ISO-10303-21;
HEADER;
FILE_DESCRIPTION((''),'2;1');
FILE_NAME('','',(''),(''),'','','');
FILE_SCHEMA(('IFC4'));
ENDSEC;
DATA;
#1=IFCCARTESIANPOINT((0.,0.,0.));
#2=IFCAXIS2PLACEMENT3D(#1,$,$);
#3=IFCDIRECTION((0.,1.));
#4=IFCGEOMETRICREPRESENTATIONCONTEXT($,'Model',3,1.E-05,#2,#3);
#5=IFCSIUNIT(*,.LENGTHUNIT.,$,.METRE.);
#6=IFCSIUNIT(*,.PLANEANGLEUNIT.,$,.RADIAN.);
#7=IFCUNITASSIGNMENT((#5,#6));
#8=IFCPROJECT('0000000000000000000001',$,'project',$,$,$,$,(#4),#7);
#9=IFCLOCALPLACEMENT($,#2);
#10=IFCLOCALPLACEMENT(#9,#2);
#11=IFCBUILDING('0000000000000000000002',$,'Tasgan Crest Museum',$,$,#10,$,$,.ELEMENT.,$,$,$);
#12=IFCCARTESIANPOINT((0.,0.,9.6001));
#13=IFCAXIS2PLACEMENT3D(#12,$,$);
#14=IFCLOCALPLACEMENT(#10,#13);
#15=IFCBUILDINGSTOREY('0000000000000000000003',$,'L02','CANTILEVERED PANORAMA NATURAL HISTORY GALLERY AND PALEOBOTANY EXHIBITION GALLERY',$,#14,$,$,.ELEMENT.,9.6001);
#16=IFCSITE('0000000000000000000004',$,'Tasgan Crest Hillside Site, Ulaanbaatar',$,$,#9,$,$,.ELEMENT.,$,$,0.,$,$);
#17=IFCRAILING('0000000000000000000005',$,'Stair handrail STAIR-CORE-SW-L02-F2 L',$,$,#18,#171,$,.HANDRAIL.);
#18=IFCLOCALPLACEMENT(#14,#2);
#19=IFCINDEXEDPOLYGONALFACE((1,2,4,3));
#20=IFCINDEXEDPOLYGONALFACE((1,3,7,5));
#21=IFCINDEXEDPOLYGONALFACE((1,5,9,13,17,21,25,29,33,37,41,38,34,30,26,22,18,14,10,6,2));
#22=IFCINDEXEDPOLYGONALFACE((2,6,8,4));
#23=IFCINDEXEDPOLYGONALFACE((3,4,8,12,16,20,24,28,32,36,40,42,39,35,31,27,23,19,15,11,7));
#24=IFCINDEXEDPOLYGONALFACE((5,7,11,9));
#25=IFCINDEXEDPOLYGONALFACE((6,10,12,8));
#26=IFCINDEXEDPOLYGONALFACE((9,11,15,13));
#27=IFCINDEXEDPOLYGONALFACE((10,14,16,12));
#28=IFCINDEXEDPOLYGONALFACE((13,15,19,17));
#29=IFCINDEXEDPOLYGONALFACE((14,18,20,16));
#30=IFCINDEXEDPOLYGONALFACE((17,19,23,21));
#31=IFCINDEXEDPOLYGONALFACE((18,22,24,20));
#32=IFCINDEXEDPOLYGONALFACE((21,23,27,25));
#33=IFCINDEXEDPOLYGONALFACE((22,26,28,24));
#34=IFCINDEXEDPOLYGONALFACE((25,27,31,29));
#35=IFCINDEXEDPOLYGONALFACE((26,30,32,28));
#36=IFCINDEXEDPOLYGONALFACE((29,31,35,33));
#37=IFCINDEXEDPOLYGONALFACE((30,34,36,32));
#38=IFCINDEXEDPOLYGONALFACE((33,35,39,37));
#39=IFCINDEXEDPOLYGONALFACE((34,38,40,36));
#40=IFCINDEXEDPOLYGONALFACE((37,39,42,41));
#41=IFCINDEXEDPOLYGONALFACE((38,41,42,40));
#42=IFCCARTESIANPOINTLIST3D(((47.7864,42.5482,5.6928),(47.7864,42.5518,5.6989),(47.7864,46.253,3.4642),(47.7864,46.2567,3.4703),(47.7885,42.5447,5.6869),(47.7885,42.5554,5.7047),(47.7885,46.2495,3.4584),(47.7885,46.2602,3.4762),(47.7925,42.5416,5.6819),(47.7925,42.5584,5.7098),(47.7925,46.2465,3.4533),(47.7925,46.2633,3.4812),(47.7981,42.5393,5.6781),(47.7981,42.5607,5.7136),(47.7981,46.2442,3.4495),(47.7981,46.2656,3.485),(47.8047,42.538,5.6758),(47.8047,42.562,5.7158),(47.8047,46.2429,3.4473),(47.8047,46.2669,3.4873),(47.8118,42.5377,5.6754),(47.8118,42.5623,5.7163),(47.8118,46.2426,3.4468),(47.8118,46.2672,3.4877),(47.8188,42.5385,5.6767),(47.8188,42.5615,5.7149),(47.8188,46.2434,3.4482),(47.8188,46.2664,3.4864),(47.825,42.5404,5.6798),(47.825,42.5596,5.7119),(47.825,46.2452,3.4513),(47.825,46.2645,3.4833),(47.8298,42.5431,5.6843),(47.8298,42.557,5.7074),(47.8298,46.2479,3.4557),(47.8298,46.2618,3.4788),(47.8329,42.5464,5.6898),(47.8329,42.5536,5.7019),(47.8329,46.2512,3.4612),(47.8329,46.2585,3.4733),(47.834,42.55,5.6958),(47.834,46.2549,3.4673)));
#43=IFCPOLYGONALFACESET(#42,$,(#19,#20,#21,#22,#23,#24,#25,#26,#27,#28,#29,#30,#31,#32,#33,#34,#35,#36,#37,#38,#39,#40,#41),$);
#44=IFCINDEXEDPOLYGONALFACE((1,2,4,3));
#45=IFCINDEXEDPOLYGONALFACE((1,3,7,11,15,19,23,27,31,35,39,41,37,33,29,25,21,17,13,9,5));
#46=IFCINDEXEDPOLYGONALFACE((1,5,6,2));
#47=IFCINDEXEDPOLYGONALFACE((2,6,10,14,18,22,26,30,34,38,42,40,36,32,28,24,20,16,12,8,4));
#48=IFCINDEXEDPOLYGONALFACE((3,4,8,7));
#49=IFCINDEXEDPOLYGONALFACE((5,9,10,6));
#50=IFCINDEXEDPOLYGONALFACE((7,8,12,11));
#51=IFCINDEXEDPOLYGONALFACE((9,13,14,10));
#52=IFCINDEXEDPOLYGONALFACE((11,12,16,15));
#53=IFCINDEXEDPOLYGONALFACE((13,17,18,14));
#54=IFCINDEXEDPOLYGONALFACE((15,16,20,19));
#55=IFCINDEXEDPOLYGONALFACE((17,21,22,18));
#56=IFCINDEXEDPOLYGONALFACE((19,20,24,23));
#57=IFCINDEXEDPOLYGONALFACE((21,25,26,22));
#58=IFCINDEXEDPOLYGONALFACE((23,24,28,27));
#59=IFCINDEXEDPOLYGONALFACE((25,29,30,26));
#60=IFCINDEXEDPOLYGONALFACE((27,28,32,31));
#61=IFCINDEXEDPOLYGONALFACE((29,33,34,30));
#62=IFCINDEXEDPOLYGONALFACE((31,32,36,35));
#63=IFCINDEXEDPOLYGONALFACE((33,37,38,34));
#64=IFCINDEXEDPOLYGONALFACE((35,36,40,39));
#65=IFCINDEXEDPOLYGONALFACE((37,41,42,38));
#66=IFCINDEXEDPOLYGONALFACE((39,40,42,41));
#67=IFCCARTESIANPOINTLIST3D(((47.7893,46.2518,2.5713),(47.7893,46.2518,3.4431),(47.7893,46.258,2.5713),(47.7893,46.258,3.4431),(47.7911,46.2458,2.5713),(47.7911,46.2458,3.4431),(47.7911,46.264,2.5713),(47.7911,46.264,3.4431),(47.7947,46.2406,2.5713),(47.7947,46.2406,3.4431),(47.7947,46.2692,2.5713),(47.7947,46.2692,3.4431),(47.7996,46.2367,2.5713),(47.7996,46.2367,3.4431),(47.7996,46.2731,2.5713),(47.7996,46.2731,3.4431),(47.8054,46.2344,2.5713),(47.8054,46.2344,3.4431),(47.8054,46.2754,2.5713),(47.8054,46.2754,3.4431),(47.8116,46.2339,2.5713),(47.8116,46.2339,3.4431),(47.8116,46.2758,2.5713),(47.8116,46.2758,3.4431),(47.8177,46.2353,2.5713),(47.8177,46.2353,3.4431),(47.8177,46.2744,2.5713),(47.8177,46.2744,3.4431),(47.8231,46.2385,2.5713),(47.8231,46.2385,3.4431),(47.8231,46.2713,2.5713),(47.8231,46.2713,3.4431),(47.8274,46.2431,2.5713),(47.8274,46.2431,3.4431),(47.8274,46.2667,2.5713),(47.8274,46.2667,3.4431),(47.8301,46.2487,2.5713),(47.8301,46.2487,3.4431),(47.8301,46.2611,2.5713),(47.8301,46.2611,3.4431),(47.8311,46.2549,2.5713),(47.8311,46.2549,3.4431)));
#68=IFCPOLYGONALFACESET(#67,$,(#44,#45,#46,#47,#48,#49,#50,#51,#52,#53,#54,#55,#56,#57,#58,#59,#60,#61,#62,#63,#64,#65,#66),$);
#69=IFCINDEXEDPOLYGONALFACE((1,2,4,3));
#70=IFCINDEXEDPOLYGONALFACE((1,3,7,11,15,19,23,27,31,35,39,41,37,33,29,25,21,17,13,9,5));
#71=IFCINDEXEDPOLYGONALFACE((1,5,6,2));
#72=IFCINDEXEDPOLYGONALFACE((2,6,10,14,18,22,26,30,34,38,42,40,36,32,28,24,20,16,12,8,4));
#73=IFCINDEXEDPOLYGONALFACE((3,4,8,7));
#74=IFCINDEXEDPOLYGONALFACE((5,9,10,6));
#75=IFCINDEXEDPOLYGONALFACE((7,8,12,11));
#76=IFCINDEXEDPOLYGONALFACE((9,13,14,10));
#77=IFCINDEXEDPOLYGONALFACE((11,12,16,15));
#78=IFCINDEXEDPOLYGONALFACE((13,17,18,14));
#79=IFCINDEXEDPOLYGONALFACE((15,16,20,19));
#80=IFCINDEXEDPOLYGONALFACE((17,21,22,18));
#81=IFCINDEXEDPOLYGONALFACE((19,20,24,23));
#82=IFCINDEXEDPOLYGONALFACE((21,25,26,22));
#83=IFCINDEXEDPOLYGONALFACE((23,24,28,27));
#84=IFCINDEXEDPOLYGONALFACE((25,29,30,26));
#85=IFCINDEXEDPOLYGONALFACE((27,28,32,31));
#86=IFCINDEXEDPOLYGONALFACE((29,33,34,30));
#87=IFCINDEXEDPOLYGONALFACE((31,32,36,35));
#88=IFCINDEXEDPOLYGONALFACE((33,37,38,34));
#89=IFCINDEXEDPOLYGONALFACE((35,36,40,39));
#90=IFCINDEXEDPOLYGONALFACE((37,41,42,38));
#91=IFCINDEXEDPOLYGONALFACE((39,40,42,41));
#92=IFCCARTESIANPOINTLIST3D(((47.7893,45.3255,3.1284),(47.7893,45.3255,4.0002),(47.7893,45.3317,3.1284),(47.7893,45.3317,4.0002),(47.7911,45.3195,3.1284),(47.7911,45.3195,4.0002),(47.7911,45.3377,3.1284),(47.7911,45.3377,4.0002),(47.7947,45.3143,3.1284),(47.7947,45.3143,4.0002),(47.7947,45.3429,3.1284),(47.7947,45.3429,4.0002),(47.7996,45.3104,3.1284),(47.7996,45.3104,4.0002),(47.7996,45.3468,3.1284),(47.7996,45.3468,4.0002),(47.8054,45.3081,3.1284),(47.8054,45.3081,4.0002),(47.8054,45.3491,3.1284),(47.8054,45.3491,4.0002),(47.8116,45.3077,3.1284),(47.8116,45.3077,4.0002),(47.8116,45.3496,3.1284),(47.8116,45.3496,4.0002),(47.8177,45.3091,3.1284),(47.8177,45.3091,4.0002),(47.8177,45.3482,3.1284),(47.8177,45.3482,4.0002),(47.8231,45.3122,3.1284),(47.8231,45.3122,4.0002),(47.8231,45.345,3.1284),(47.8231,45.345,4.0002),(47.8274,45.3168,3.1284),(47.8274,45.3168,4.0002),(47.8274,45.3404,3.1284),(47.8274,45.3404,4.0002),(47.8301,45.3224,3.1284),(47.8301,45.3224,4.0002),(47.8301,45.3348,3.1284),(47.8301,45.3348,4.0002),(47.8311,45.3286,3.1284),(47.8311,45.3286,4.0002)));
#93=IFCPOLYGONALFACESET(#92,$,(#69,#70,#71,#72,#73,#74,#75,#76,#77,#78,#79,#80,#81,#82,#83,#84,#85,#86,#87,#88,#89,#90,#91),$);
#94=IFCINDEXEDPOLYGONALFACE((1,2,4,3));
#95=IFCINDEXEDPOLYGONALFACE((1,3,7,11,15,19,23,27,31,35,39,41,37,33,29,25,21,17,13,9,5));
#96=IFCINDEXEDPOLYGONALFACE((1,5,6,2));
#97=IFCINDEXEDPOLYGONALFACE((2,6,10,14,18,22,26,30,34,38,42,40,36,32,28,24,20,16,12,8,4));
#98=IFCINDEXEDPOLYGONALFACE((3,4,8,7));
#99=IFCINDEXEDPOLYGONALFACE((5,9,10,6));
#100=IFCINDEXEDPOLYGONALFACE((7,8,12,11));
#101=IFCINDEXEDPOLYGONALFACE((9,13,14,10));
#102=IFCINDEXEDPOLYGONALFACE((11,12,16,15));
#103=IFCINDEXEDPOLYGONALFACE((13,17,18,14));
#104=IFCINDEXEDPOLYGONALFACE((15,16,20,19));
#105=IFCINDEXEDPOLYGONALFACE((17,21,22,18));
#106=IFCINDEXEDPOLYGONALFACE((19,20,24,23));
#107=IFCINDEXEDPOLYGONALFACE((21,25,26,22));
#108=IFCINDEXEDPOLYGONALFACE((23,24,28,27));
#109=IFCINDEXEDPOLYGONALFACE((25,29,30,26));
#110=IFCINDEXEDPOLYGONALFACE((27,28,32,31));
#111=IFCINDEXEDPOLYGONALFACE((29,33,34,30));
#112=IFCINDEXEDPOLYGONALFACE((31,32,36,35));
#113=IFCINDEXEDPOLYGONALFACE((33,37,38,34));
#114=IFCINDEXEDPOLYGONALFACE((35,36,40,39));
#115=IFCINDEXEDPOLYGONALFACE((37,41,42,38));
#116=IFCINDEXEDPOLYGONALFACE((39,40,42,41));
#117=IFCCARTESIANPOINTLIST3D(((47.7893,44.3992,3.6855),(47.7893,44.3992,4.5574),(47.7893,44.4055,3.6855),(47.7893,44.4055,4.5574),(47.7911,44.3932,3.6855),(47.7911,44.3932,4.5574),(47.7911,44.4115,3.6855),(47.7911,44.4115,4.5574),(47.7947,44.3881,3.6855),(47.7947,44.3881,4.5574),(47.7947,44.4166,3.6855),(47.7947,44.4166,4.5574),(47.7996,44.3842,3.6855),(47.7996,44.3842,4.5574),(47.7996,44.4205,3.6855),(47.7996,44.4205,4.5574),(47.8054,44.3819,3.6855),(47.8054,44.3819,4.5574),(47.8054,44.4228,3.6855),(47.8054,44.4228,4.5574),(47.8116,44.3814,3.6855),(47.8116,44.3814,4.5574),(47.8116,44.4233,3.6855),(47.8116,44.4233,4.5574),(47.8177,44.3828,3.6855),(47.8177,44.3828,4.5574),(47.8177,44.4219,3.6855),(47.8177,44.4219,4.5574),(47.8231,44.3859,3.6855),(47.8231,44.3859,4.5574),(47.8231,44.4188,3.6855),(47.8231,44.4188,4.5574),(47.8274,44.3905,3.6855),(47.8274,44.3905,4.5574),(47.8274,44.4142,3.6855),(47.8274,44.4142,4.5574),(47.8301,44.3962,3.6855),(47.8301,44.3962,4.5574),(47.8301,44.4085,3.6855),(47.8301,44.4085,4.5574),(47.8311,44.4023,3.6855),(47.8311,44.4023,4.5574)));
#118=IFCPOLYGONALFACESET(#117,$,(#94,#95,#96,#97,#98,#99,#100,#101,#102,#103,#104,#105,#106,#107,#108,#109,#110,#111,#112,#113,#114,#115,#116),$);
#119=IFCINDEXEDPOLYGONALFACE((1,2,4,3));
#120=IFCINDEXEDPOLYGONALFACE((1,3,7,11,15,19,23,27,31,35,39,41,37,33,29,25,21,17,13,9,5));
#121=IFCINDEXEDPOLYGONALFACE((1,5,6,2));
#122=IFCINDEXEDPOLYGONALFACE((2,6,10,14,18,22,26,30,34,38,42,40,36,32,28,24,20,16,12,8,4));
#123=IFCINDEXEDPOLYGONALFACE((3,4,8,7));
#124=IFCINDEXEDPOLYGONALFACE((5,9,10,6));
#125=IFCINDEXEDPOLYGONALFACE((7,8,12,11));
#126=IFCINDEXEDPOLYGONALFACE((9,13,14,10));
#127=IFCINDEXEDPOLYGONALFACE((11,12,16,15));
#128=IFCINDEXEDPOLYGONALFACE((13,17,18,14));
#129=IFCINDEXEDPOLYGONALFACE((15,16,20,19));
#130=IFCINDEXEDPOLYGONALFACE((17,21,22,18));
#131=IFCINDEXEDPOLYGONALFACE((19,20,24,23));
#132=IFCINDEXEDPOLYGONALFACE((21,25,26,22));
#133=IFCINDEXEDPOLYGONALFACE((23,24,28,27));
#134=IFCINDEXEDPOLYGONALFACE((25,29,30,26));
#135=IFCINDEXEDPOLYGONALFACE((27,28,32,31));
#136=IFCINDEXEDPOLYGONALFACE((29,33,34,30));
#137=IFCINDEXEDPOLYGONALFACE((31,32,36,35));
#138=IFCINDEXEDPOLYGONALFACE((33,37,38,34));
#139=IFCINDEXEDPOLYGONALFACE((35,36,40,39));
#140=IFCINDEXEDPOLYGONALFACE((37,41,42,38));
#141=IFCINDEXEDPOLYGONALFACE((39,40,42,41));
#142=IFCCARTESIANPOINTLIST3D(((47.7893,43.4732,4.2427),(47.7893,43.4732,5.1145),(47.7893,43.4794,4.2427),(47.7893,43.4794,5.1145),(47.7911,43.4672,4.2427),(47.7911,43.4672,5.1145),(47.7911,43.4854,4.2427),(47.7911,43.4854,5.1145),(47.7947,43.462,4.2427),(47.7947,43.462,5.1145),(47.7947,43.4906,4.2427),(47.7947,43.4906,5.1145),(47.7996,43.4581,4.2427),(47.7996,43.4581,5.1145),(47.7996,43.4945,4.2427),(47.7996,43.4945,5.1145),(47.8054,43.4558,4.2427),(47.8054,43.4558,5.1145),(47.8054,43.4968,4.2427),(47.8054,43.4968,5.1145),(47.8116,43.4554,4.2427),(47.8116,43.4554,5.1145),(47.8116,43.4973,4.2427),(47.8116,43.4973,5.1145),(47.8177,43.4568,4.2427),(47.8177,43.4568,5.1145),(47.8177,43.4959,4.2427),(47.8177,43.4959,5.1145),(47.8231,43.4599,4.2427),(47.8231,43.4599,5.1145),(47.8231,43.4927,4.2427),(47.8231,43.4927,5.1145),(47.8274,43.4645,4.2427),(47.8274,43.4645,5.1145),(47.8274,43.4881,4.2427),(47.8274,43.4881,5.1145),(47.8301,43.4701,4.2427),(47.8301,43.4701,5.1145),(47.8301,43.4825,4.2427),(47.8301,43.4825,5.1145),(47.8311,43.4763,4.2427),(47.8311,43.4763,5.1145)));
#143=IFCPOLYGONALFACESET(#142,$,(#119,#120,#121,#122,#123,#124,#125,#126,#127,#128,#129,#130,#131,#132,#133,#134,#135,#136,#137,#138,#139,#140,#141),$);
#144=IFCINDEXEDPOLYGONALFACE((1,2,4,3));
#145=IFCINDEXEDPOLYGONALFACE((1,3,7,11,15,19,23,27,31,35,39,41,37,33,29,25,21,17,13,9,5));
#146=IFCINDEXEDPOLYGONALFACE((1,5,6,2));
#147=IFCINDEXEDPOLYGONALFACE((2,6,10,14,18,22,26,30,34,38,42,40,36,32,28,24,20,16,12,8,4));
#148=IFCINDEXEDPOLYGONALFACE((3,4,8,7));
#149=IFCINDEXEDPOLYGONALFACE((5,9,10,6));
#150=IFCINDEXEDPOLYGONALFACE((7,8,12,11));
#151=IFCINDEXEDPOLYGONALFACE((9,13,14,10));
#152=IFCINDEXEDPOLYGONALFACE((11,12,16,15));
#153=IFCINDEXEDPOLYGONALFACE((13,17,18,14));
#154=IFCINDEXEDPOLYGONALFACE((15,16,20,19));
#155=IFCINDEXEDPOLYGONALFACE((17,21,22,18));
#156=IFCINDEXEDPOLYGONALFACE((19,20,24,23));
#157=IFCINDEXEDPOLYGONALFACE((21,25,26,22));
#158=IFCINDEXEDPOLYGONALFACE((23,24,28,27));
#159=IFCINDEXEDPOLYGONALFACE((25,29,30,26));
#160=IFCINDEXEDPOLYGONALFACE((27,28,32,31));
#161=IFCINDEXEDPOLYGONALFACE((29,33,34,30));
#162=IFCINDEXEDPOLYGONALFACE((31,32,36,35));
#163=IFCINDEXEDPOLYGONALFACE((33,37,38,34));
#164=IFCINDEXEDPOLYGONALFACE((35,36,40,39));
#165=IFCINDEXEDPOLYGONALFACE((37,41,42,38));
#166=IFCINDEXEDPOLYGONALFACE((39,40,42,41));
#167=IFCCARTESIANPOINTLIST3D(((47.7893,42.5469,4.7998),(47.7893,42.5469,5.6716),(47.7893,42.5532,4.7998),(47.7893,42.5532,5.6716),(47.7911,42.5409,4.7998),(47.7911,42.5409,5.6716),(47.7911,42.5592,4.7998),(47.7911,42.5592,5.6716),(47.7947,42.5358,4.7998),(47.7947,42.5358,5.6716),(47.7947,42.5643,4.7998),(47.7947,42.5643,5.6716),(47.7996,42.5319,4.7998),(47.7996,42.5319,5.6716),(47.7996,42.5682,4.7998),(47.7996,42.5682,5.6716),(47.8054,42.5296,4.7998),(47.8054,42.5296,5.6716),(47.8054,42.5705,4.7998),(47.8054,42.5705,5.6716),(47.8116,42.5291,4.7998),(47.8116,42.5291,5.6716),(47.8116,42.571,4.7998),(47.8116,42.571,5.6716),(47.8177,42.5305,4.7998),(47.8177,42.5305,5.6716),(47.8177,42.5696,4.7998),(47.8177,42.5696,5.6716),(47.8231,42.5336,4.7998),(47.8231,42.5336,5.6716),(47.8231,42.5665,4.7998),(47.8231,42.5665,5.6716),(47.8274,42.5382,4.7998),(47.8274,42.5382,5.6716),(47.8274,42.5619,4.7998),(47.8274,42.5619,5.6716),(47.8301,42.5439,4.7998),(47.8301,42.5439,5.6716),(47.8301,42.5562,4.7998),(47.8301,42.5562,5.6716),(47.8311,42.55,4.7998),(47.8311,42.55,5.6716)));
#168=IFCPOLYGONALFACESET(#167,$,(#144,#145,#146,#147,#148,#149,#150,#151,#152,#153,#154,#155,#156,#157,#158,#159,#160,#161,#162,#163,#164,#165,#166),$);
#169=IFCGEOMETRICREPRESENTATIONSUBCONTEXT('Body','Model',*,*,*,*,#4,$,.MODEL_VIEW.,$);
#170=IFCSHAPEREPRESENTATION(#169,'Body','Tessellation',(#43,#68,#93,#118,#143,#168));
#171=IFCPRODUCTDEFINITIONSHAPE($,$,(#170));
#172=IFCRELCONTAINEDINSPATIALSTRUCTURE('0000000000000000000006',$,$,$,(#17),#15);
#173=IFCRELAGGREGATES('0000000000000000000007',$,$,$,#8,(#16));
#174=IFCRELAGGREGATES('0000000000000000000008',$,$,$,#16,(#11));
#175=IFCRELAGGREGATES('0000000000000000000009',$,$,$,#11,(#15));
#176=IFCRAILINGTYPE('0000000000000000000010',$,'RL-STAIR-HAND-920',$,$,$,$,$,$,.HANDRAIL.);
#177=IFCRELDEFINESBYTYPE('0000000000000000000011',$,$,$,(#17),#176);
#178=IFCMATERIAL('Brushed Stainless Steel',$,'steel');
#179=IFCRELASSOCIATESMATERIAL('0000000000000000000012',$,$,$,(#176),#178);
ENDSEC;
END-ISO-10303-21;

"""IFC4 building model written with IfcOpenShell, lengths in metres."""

from ifc_helpers import new_model, si_unit, direction, frame, origin, origin_2d, place, context, subcontext, project, spatial, circle, extrude, material, type_object, element, save


model = new_model("IFC4")

# Units and contexts
model_context = context("Model", 3, precision=1e-05, world=origin(), true_north=direction((0.0, 1.0)))
body_context = subcontext(model_context, "Body", "Model", "MODEL_VIEW")
ifc_project = project(units=[si_unit("LENGTHUNIT", "METRE"), si_unit("PLANEANGLEUNIT", "RADIAN")], contexts=[model_context])

# Site, building, storey
site_placement = place(None, origin())
site = spatial("IfcSite", under=ifc_project, at=site_placement, Name="Tasgan Crest Hillside Site, Ulaanbaatar", CompositionType="ELEMENT", RefElevation=0.0)
building_placement = place(site_placement, origin())
building = spatial("IfcBuilding", under=site, at=building_placement, Name="Tasgan Crest Museum", CompositionType="ELEMENT")
storey_placement = place(building_placement, frame((0.0, 0.0, 9.6001)))
storey = spatial("IfcBuildingStorey", under=building, at=storey_placement, Name="L02", Description="CANTILEVERED PANORAMA NATURAL HISTORY GALLERY AND PALEOBOTANY EXHIBITION GALLERY", CompositionType="ELEMENT", Elevation=9.6001)

# Railing
ifc_material_1 = material(Name="Brushed Stainless Steel", Category="steel")
railing_type_1 = type_object("IfcRailingType", Name="RL-STAIR-HAND-920", PredefinedType="HANDRAIL", material=ifc_material_1)
for number, where, name in (
    (1, (47.8101, 46.2549, 2.5713), "Stair handrail STAIR-CORE-SW-L02-F2 L"),
):
    element("IfcRailing", number, at=place(storey_placement, frame(where)), inside=storey, type_object=railing_type_1, Name=name, PredefinedType="HANDRAIL", context=body_context, shape_type="SweptSolid", body=[
        extrude(circle(Radius=0.0239, at=origin_2d()), frame((0.0, 0.0, 0.896), z_axis=(0.0, -0.856919, 0.51545), x_axis=(1.0, 0.0, 0.0)), (0.0, 0.0, 1.0), 4.3235),
        extrude(circle(Radius=0.021, at=origin_2d()), origin(), (0.0, 0.0, 1.0), 0.8718),
        extrude(circle(Radius=0.021, at=origin_2d()), frame((0.0, -0.9263, 0.5571)), (0.0, 0.0, 1.0), 0.8718),
        extrude(circle(Radius=0.021, at=origin_2d()), frame((0.0, -1.8525, 1.1143)), (0.0, 0.0, 1.0), 0.8718),
        extrude(circle(Radius=0.021, at=origin_2d()), frame((0.0, -2.7786, 1.6714)), (0.0, 0.0, 1.0), 0.8718),
        extrude(circle(Radius=0.021, at=origin_2d()), frame((0.0, -3.7048, 2.2285)), (0.0, 0.0, 1.0), 0.8718),
    ])

save(model, "model.ifc")
